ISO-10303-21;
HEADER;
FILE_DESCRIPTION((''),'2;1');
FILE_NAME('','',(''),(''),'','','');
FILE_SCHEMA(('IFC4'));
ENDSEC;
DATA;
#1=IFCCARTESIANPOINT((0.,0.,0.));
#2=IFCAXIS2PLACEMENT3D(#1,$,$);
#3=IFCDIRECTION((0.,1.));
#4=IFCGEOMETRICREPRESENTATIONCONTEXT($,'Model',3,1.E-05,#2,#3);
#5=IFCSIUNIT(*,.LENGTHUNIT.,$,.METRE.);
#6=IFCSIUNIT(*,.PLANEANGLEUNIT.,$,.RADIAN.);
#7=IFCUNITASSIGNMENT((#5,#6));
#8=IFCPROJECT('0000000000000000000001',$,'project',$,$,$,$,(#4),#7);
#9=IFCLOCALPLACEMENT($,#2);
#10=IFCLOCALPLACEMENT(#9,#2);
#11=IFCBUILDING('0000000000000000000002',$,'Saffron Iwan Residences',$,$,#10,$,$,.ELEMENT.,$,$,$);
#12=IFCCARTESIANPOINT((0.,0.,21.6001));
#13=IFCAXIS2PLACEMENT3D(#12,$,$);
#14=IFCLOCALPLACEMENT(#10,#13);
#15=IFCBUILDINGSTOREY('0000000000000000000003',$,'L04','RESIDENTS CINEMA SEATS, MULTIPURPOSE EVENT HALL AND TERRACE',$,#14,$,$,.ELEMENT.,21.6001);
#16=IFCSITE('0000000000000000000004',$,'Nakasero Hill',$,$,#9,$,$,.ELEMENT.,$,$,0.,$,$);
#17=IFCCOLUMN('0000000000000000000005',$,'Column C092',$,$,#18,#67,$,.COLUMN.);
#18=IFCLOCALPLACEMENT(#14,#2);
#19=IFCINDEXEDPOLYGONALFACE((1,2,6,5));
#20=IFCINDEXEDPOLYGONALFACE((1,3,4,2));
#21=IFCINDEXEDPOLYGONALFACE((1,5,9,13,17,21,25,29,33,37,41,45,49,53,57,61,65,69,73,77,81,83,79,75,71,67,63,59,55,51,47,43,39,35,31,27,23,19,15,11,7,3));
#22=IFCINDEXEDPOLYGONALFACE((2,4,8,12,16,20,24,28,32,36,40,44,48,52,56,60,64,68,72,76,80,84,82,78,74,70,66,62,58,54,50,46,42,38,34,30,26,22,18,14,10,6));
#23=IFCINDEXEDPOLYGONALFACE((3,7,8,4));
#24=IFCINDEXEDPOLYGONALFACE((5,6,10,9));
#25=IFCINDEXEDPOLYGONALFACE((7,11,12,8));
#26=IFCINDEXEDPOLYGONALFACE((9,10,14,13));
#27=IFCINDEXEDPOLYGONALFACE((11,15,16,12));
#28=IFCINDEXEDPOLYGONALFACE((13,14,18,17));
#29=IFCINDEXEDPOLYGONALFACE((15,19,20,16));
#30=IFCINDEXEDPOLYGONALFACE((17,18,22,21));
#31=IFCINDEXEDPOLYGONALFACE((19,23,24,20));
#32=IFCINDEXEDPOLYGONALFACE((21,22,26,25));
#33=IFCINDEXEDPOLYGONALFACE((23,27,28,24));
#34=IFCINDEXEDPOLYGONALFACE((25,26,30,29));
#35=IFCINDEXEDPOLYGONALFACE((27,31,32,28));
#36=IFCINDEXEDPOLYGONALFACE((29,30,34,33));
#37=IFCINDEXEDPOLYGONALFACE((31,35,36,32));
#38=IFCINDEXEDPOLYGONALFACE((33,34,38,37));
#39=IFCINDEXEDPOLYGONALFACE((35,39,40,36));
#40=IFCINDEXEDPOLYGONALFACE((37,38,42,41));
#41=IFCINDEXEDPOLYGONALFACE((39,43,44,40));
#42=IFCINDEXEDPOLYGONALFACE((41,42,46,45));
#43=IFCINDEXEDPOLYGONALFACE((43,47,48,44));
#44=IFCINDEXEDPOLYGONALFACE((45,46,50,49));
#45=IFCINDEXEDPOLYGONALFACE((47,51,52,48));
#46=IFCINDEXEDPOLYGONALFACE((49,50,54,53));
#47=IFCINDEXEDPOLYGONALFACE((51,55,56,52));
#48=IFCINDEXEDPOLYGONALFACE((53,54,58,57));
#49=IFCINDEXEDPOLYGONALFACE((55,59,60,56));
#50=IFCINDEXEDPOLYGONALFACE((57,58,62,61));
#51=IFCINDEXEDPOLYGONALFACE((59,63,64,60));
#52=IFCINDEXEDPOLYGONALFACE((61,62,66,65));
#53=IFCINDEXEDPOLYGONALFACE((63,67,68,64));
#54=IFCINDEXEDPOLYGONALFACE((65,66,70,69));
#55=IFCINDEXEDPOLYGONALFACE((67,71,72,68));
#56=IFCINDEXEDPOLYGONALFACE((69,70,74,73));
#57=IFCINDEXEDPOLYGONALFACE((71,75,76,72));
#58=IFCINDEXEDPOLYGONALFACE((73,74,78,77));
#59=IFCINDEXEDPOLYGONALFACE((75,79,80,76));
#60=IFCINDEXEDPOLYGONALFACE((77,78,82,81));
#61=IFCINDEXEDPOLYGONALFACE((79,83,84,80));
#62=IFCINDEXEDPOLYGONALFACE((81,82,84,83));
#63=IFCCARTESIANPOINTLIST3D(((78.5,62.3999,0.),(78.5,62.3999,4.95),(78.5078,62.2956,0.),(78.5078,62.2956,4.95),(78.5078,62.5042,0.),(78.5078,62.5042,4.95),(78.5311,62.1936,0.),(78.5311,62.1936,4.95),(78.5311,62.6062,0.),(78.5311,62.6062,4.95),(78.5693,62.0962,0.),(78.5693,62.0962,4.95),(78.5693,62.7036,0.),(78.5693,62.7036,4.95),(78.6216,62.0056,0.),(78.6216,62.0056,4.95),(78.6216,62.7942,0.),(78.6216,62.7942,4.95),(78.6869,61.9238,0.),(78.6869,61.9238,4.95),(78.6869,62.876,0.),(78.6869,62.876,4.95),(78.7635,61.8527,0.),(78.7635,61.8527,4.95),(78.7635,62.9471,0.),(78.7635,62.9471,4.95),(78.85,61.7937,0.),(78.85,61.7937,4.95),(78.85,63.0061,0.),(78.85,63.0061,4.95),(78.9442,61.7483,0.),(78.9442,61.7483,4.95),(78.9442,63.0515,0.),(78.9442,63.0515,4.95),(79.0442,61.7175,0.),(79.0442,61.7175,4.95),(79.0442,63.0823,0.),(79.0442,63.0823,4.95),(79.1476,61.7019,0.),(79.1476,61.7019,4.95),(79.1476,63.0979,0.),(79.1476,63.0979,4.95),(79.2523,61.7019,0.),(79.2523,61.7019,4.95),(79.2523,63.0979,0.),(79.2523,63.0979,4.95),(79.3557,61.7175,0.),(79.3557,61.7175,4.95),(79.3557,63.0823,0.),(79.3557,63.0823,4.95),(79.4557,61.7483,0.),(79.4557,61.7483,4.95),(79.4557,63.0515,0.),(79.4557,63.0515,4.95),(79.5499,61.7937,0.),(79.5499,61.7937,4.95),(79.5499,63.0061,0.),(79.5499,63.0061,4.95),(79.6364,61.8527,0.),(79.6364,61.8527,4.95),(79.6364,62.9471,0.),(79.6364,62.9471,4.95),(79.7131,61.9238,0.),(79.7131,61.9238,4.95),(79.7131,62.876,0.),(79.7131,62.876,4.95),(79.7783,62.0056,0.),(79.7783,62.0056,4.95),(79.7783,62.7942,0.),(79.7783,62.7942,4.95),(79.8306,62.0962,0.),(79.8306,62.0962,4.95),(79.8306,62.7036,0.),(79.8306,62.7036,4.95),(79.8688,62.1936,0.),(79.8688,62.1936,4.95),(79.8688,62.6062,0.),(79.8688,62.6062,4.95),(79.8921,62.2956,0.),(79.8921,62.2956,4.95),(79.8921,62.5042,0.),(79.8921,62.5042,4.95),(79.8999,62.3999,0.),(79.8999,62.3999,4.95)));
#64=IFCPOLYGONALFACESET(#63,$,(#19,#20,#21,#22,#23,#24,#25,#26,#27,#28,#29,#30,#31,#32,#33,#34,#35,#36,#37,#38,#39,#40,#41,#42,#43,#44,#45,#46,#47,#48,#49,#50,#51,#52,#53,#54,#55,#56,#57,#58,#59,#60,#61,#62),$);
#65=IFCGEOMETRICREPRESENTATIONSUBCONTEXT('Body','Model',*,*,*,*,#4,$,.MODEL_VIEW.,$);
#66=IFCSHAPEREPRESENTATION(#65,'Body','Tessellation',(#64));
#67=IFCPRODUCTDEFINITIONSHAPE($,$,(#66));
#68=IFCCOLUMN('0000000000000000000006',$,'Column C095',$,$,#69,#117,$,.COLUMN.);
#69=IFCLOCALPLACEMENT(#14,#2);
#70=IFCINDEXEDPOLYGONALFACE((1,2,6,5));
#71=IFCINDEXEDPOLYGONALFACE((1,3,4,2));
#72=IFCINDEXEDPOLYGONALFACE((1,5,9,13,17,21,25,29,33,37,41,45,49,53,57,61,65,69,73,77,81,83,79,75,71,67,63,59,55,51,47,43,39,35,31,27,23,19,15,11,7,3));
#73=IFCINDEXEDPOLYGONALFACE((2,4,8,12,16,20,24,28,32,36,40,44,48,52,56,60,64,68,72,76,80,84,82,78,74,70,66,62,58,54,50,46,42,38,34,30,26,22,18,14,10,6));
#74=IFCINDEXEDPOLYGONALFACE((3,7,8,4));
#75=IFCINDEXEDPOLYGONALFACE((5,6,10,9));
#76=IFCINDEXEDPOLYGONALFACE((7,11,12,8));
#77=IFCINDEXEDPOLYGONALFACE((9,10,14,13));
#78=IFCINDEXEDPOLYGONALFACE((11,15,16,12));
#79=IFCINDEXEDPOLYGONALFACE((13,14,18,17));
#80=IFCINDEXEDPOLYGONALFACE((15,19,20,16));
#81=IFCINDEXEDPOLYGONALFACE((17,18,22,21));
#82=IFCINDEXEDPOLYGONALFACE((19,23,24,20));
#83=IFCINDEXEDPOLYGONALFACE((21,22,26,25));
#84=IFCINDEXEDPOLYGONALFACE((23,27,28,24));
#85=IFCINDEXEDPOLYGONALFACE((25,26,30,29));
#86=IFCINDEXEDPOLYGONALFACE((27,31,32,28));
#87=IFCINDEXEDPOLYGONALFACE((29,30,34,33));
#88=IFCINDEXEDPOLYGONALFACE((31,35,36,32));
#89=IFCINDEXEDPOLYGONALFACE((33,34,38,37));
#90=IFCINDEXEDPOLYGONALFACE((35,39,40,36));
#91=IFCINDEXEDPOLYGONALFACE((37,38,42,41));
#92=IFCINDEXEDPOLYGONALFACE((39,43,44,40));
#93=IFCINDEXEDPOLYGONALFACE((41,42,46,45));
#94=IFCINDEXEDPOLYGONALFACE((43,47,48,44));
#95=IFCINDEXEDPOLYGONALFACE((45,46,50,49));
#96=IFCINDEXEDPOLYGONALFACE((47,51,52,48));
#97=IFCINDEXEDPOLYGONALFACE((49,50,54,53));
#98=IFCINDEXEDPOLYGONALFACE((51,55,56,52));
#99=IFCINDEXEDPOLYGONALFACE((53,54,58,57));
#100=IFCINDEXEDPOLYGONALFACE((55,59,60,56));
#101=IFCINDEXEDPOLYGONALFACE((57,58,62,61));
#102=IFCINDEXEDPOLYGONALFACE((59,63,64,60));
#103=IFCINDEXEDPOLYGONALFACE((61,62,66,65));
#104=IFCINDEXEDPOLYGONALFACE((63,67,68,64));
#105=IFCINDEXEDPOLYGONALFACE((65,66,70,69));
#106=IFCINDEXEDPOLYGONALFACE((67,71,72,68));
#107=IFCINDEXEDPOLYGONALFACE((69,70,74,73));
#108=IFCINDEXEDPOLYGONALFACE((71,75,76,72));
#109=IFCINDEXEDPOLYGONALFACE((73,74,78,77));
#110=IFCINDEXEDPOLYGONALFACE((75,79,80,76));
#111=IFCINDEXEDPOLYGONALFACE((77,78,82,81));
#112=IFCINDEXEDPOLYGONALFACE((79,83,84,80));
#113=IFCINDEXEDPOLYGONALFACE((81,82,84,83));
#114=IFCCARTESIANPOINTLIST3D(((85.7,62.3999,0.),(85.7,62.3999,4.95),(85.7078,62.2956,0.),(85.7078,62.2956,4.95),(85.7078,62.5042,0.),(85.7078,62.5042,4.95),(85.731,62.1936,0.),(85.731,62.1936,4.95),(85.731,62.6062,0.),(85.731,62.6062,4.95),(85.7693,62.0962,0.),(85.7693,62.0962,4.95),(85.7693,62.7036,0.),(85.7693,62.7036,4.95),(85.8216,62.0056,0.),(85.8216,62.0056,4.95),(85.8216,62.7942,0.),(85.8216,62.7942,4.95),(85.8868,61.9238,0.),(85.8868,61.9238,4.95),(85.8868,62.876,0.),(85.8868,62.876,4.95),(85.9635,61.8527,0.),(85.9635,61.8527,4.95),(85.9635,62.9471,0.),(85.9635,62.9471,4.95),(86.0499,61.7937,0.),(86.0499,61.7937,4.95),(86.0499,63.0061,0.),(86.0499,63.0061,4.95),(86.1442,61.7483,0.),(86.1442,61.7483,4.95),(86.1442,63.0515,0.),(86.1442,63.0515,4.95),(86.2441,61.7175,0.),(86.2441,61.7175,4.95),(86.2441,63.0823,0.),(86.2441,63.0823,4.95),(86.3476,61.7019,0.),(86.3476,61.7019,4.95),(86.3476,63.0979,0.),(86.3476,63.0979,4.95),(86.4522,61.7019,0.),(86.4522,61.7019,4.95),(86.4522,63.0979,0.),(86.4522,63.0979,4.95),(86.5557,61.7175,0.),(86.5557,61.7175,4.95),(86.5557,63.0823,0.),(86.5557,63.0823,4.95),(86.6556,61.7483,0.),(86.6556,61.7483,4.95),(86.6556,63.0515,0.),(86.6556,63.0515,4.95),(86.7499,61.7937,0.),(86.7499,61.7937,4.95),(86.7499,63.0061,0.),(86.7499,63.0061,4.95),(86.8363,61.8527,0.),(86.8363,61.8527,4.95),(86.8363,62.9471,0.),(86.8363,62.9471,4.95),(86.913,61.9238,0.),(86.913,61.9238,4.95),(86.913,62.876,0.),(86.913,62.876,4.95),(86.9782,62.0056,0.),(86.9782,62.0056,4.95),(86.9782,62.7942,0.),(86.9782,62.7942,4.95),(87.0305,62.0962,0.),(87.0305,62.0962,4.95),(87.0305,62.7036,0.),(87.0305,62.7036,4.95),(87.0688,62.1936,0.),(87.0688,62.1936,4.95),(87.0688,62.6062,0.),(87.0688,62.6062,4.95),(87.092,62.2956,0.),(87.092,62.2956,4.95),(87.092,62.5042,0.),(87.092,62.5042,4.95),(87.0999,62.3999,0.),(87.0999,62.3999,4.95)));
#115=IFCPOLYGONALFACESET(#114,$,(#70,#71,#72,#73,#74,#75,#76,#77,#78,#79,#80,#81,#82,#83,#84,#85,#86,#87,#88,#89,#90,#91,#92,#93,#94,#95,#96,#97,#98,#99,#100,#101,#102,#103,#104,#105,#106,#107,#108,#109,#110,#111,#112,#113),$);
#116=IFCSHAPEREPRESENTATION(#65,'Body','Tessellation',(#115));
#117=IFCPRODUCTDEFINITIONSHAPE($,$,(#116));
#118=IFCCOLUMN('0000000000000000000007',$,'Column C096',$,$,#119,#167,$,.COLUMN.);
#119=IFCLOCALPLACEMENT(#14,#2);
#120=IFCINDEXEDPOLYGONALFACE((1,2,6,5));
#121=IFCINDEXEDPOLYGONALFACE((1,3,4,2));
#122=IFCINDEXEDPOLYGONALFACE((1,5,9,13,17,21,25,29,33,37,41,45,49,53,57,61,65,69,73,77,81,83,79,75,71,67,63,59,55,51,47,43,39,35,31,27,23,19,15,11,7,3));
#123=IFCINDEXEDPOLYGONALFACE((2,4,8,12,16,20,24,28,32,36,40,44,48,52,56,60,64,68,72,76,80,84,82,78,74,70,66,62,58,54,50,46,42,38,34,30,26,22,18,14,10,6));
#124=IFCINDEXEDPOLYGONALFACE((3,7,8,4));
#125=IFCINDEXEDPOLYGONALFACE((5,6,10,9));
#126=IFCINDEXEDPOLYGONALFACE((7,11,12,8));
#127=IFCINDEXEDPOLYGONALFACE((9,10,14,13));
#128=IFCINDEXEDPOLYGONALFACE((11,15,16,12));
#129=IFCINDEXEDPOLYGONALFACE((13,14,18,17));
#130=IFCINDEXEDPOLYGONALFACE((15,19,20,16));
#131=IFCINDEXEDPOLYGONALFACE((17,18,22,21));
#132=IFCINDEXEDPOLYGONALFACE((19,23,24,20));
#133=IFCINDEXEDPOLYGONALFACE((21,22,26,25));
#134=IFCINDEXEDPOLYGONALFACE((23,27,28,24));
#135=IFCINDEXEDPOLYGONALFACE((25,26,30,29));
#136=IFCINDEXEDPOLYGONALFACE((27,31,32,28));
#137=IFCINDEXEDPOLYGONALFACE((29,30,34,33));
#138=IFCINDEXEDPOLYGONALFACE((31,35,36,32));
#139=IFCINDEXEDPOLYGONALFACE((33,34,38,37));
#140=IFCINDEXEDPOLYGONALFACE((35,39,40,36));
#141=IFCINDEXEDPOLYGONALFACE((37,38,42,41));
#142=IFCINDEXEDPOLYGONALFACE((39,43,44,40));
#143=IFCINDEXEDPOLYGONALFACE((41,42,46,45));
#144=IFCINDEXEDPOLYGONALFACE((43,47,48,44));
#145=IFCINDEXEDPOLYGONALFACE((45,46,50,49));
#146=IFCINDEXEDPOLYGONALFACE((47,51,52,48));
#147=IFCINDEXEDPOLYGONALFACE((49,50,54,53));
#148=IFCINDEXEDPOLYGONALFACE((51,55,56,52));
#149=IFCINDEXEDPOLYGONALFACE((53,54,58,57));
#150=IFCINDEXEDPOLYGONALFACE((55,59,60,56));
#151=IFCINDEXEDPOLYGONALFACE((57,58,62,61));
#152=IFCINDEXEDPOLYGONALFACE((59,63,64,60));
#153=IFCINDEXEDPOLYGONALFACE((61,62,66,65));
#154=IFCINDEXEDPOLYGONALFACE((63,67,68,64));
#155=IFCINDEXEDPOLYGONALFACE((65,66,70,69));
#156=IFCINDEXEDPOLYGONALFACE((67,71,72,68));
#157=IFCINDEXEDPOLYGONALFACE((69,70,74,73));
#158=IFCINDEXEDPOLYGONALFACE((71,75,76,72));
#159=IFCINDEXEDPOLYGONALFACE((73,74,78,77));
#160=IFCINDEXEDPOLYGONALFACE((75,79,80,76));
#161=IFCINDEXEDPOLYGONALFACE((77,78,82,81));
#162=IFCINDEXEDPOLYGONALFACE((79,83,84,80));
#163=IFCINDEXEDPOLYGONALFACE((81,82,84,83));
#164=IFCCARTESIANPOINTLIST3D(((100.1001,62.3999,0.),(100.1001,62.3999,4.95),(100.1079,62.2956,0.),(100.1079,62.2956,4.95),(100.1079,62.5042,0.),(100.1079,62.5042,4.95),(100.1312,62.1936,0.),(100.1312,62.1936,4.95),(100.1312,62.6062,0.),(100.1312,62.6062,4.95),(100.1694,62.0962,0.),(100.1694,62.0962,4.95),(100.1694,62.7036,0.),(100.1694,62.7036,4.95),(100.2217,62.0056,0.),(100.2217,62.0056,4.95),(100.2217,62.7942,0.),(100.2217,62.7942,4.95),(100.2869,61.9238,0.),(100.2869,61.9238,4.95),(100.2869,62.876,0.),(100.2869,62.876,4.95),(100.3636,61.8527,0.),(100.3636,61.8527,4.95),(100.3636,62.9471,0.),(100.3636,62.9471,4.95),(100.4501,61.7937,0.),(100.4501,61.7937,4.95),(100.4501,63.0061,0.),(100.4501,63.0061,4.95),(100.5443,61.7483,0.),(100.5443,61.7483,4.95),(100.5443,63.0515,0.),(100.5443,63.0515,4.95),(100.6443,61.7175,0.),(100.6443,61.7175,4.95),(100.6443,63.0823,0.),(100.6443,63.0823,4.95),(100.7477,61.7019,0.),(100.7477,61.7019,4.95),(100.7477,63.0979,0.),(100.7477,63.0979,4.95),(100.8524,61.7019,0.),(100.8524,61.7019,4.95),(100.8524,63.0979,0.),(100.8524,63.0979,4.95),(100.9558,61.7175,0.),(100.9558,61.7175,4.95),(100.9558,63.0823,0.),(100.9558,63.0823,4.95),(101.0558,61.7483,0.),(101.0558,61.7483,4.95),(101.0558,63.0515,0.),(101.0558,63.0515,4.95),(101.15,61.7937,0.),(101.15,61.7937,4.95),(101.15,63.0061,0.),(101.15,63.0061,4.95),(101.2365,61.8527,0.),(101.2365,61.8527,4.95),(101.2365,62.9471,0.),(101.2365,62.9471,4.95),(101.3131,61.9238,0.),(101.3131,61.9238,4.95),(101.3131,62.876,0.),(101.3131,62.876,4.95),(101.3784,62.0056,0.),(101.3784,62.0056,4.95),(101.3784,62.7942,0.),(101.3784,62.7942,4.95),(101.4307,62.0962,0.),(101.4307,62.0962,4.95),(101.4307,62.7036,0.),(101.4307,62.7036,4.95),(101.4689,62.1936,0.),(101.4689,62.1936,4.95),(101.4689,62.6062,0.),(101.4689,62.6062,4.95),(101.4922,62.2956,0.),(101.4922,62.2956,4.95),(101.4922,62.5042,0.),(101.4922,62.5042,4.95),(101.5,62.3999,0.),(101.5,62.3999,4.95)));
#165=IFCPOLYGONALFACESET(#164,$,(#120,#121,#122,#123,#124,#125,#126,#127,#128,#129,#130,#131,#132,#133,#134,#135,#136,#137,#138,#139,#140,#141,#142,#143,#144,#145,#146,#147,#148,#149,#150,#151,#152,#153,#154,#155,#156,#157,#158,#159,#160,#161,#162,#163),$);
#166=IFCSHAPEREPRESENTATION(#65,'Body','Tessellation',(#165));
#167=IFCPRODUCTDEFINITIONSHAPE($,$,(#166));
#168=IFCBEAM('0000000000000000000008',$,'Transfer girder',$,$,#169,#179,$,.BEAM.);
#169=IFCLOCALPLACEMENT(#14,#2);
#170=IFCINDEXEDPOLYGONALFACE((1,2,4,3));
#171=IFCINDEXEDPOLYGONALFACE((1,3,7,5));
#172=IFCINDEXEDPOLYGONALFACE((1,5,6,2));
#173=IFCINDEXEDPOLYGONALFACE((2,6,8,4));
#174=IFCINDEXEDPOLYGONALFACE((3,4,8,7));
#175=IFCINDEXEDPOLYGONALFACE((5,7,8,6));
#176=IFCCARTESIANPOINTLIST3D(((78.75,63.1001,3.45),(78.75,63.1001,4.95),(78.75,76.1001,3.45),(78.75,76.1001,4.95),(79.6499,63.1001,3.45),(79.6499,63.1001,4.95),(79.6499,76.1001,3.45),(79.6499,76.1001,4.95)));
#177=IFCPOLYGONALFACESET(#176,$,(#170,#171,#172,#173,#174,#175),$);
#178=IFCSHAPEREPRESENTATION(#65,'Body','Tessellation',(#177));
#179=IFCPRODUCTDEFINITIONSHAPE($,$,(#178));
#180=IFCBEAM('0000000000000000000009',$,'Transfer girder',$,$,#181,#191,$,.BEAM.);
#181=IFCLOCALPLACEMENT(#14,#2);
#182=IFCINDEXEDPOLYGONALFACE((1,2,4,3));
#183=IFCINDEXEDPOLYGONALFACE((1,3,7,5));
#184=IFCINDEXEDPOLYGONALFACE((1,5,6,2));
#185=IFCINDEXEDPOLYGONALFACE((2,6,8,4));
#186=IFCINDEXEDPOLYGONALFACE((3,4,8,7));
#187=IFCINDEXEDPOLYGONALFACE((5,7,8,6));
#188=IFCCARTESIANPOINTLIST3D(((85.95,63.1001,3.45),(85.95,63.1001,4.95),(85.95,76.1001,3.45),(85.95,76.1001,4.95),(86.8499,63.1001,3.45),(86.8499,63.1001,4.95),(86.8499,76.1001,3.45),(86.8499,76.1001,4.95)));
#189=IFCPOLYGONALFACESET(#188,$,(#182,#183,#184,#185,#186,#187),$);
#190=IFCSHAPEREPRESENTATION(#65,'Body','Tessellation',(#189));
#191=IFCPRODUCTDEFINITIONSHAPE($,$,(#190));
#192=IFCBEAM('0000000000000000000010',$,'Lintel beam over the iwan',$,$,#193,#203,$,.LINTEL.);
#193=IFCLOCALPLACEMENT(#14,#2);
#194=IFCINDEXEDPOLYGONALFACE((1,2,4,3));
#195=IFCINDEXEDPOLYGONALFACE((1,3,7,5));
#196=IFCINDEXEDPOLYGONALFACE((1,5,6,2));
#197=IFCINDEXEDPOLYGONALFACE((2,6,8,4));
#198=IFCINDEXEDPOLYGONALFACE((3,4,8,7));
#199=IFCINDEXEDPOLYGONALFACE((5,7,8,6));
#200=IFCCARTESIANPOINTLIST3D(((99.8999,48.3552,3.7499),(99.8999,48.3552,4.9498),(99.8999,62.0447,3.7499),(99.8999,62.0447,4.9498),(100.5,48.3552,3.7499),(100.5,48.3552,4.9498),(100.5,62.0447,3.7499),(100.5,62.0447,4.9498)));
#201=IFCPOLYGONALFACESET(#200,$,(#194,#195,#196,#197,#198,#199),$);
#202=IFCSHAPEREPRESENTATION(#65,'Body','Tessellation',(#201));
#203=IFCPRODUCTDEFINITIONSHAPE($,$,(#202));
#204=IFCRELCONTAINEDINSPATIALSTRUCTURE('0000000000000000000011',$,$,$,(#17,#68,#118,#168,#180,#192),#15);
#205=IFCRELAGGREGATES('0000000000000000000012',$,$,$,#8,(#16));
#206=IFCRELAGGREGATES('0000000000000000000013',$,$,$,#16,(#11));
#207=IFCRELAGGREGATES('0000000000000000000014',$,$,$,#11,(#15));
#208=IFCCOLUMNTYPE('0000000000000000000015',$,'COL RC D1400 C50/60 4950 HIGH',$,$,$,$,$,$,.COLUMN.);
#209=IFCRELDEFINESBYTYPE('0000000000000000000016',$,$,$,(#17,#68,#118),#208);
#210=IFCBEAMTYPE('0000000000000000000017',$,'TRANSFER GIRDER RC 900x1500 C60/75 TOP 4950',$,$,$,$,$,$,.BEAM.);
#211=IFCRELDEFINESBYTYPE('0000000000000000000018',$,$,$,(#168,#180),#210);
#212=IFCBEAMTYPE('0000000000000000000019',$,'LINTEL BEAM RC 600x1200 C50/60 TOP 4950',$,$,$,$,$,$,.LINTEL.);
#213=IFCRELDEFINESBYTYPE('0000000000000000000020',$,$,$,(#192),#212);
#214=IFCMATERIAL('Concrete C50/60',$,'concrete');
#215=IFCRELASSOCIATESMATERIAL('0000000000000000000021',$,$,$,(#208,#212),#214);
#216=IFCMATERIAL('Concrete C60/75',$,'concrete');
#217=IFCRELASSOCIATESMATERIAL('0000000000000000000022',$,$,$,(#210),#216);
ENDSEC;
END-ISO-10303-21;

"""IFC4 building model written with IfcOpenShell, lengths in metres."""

from ifc_helpers import new_model, si_unit, direction, frame, origin, origin_2d, place, context, subcontext, project, spatial, rectangle, circle, extrude, source, transform, mapped, material, material_profile, profile_set, type_object, element, save


model = new_model("IFC4")

# Units and contexts
model_context = context("Model", 3, precision=1e-05, world=origin(), true_north=direction((0.0, 1.0)))
body_context = subcontext(model_context, "Body", "Model", "MODEL_VIEW")
ifc_project = project(units=[si_unit("LENGTHUNIT", "METRE"), si_unit("PLANEANGLEUNIT", "RADIAN")], contexts=[model_context])

# Site, building, storey
site_placement = place(None, origin())
site = spatial("IfcSite", under=ifc_project, at=site_placement, Name="Nakasero Hill", CompositionType="ELEMENT", RefElevation=0.0)
building_placement = place(site_placement, origin())
building = spatial("IfcBuilding", under=site, at=building_placement, Name="Saffron Iwan Residences", CompositionType="ELEMENT")
storey_placement = place(building_placement, frame((0.0, 0.0, 21.6001)))
storey = spatial("IfcBuildingStorey", under=building, at=storey_placement, Name="L04", Description="RESIDENTS CINEMA SEATS, MULTIPURPOSE EVENT HALL AND TERRACE", CompositionType="ELEMENT", Elevation=21.6001)

# Columns
ifc_material_1 = material(Name="Concrete C50/60", Category="concrete")
ifc_material_profile_1 = material_profile(ifc_material_1, circle(Radius=0.7, at=origin_2d()), Name="RC D1400")
ifc_profile_set_1 = profile_set([ifc_material_profile_1], Name="Concrete C50/60")
column_type = type_object("IfcColumnType", Name="COL RC D1400 C50/60 4950 HIGH", PredefinedType="COLUMN", material=ifc_profile_set_1)
shared_shape_1 = source(origin(), body_context, "Body", "SweptSolid", [
    extrude(circle(Radius=0.7, at=origin_2d()), origin(), (0.0, 0.0, 1.0), 4.95),
])
for number, where, z_axis, x_axis, name in (
    (1, (79.2, 62.3999, 0.0), (0.0, 0.0, 1.0), (1.0, 0.0, 0.0), "Column C092"),
    (2, (86.3999, 62.3999, 0.0), (0.0, 0.0, 1.0), (1.0, 0.0, 0.0), "Column C095"),
    (3, (100.8, 62.3999, 0.0), (0.0, 0.0, 1.0), (1.0, 0.0, 0.0), "Column C096"),
):
    element("IfcColumn", number, at=place(storey_placement, frame(where, z_axis=z_axis, x_axis=x_axis)), inside=storey, type_object=column_type, Name=name, PredefinedType="COLUMN", context=body_context, shape_type="MappedRepresentation", body=[
        mapped(shared_shape_1, transform((0.0, 0.0, 0.0))),
    ])

# Beams
ifc_material_2 = material(Name="Concrete C60/75", Category="concrete")
ifc_material_profile_2 = material_profile(ifc_material_2, rectangle(XDim=0.8999, YDim=1.5, at=origin_2d()), Name="RC 900x1500")
ifc_profile_set_2 = profile_set([ifc_material_profile_2], Name="Concrete C60/75")
beam_type_1 = type_object("IfcBeamType", Name="TRANSFER GIRDER RC 900x1500 C60/75 TOP 4950", PredefinedType="BEAM", material=ifc_profile_set_2)
shared_shape_2 = source(origin(), body_context, "Body", "SweptSolid", [
    extrude(rectangle(XDim=0.8999, YDim=1.5, at=origin_2d()), origin(), (0.0, 0.0, 1.0), 13.0),
])
for number, where, z_axis, x_axis, name in (
    (4, (79.2, 63.1001, 4.2), (0.0, 1.0, 0.0), (-1.0, 0.0, 0.0), "Transfer girder"),
    (5, (86.3999, 63.1001, 4.2), (0.0, 1.0, 0.0), (-1.0, 0.0, 0.0), "Transfer girder"),
):
    element("IfcBeam", number, at=place(storey_placement, frame(where, z_axis=z_axis, x_axis=x_axis)), inside=storey, type_object=beam_type_1, Name=name, PredefinedType="BEAM", context=body_context, shape_type="MappedRepresentation", body=[
        mapped(shared_shape_2, transform((0.0, 0.0, 0.0))),
    ])
ifc_material_profile_3 = material_profile(ifc_material_1, rectangle(XDim=0.6001, YDim=1.2, at=origin_2d()), Name="RC 600x1200")
ifc_profile_set_3 = profile_set([ifc_material_profile_3], Name="Concrete C50/60")
beam_type_2 = type_object("IfcBeamType", Name="LINTEL BEAM RC 600x1200 C50/60 TOP 4950", PredefinedType="LINTEL", material=ifc_profile_set_3)
shared_shape_3 = source(origin(), body_context, "Body", "SweptSolid", [
    extrude(rectangle(XDim=0.6001, YDim=1.2, at=origin_2d()), origin(), (0.0, 0.0, 1.0), 13.6895),
])
beam_1_placement = place(storey_placement, frame((100.2, 62.0447, 4.3499), z_axis=(0.0, -1.0, 0.0), x_axis=(1.0, 0.0, 0.0)))
element("IfcBeam", 6, at=beam_1_placement, inside=storey, type_object=beam_type_2, Name="Lintel beam over the iwan", PredefinedType="LINTEL", context=body_context, shape_type="MappedRepresentation", body=[
    mapped(shared_shape_3, transform((0.0, 0.0, 0.0))),
])

save(model, "model.ifc")
